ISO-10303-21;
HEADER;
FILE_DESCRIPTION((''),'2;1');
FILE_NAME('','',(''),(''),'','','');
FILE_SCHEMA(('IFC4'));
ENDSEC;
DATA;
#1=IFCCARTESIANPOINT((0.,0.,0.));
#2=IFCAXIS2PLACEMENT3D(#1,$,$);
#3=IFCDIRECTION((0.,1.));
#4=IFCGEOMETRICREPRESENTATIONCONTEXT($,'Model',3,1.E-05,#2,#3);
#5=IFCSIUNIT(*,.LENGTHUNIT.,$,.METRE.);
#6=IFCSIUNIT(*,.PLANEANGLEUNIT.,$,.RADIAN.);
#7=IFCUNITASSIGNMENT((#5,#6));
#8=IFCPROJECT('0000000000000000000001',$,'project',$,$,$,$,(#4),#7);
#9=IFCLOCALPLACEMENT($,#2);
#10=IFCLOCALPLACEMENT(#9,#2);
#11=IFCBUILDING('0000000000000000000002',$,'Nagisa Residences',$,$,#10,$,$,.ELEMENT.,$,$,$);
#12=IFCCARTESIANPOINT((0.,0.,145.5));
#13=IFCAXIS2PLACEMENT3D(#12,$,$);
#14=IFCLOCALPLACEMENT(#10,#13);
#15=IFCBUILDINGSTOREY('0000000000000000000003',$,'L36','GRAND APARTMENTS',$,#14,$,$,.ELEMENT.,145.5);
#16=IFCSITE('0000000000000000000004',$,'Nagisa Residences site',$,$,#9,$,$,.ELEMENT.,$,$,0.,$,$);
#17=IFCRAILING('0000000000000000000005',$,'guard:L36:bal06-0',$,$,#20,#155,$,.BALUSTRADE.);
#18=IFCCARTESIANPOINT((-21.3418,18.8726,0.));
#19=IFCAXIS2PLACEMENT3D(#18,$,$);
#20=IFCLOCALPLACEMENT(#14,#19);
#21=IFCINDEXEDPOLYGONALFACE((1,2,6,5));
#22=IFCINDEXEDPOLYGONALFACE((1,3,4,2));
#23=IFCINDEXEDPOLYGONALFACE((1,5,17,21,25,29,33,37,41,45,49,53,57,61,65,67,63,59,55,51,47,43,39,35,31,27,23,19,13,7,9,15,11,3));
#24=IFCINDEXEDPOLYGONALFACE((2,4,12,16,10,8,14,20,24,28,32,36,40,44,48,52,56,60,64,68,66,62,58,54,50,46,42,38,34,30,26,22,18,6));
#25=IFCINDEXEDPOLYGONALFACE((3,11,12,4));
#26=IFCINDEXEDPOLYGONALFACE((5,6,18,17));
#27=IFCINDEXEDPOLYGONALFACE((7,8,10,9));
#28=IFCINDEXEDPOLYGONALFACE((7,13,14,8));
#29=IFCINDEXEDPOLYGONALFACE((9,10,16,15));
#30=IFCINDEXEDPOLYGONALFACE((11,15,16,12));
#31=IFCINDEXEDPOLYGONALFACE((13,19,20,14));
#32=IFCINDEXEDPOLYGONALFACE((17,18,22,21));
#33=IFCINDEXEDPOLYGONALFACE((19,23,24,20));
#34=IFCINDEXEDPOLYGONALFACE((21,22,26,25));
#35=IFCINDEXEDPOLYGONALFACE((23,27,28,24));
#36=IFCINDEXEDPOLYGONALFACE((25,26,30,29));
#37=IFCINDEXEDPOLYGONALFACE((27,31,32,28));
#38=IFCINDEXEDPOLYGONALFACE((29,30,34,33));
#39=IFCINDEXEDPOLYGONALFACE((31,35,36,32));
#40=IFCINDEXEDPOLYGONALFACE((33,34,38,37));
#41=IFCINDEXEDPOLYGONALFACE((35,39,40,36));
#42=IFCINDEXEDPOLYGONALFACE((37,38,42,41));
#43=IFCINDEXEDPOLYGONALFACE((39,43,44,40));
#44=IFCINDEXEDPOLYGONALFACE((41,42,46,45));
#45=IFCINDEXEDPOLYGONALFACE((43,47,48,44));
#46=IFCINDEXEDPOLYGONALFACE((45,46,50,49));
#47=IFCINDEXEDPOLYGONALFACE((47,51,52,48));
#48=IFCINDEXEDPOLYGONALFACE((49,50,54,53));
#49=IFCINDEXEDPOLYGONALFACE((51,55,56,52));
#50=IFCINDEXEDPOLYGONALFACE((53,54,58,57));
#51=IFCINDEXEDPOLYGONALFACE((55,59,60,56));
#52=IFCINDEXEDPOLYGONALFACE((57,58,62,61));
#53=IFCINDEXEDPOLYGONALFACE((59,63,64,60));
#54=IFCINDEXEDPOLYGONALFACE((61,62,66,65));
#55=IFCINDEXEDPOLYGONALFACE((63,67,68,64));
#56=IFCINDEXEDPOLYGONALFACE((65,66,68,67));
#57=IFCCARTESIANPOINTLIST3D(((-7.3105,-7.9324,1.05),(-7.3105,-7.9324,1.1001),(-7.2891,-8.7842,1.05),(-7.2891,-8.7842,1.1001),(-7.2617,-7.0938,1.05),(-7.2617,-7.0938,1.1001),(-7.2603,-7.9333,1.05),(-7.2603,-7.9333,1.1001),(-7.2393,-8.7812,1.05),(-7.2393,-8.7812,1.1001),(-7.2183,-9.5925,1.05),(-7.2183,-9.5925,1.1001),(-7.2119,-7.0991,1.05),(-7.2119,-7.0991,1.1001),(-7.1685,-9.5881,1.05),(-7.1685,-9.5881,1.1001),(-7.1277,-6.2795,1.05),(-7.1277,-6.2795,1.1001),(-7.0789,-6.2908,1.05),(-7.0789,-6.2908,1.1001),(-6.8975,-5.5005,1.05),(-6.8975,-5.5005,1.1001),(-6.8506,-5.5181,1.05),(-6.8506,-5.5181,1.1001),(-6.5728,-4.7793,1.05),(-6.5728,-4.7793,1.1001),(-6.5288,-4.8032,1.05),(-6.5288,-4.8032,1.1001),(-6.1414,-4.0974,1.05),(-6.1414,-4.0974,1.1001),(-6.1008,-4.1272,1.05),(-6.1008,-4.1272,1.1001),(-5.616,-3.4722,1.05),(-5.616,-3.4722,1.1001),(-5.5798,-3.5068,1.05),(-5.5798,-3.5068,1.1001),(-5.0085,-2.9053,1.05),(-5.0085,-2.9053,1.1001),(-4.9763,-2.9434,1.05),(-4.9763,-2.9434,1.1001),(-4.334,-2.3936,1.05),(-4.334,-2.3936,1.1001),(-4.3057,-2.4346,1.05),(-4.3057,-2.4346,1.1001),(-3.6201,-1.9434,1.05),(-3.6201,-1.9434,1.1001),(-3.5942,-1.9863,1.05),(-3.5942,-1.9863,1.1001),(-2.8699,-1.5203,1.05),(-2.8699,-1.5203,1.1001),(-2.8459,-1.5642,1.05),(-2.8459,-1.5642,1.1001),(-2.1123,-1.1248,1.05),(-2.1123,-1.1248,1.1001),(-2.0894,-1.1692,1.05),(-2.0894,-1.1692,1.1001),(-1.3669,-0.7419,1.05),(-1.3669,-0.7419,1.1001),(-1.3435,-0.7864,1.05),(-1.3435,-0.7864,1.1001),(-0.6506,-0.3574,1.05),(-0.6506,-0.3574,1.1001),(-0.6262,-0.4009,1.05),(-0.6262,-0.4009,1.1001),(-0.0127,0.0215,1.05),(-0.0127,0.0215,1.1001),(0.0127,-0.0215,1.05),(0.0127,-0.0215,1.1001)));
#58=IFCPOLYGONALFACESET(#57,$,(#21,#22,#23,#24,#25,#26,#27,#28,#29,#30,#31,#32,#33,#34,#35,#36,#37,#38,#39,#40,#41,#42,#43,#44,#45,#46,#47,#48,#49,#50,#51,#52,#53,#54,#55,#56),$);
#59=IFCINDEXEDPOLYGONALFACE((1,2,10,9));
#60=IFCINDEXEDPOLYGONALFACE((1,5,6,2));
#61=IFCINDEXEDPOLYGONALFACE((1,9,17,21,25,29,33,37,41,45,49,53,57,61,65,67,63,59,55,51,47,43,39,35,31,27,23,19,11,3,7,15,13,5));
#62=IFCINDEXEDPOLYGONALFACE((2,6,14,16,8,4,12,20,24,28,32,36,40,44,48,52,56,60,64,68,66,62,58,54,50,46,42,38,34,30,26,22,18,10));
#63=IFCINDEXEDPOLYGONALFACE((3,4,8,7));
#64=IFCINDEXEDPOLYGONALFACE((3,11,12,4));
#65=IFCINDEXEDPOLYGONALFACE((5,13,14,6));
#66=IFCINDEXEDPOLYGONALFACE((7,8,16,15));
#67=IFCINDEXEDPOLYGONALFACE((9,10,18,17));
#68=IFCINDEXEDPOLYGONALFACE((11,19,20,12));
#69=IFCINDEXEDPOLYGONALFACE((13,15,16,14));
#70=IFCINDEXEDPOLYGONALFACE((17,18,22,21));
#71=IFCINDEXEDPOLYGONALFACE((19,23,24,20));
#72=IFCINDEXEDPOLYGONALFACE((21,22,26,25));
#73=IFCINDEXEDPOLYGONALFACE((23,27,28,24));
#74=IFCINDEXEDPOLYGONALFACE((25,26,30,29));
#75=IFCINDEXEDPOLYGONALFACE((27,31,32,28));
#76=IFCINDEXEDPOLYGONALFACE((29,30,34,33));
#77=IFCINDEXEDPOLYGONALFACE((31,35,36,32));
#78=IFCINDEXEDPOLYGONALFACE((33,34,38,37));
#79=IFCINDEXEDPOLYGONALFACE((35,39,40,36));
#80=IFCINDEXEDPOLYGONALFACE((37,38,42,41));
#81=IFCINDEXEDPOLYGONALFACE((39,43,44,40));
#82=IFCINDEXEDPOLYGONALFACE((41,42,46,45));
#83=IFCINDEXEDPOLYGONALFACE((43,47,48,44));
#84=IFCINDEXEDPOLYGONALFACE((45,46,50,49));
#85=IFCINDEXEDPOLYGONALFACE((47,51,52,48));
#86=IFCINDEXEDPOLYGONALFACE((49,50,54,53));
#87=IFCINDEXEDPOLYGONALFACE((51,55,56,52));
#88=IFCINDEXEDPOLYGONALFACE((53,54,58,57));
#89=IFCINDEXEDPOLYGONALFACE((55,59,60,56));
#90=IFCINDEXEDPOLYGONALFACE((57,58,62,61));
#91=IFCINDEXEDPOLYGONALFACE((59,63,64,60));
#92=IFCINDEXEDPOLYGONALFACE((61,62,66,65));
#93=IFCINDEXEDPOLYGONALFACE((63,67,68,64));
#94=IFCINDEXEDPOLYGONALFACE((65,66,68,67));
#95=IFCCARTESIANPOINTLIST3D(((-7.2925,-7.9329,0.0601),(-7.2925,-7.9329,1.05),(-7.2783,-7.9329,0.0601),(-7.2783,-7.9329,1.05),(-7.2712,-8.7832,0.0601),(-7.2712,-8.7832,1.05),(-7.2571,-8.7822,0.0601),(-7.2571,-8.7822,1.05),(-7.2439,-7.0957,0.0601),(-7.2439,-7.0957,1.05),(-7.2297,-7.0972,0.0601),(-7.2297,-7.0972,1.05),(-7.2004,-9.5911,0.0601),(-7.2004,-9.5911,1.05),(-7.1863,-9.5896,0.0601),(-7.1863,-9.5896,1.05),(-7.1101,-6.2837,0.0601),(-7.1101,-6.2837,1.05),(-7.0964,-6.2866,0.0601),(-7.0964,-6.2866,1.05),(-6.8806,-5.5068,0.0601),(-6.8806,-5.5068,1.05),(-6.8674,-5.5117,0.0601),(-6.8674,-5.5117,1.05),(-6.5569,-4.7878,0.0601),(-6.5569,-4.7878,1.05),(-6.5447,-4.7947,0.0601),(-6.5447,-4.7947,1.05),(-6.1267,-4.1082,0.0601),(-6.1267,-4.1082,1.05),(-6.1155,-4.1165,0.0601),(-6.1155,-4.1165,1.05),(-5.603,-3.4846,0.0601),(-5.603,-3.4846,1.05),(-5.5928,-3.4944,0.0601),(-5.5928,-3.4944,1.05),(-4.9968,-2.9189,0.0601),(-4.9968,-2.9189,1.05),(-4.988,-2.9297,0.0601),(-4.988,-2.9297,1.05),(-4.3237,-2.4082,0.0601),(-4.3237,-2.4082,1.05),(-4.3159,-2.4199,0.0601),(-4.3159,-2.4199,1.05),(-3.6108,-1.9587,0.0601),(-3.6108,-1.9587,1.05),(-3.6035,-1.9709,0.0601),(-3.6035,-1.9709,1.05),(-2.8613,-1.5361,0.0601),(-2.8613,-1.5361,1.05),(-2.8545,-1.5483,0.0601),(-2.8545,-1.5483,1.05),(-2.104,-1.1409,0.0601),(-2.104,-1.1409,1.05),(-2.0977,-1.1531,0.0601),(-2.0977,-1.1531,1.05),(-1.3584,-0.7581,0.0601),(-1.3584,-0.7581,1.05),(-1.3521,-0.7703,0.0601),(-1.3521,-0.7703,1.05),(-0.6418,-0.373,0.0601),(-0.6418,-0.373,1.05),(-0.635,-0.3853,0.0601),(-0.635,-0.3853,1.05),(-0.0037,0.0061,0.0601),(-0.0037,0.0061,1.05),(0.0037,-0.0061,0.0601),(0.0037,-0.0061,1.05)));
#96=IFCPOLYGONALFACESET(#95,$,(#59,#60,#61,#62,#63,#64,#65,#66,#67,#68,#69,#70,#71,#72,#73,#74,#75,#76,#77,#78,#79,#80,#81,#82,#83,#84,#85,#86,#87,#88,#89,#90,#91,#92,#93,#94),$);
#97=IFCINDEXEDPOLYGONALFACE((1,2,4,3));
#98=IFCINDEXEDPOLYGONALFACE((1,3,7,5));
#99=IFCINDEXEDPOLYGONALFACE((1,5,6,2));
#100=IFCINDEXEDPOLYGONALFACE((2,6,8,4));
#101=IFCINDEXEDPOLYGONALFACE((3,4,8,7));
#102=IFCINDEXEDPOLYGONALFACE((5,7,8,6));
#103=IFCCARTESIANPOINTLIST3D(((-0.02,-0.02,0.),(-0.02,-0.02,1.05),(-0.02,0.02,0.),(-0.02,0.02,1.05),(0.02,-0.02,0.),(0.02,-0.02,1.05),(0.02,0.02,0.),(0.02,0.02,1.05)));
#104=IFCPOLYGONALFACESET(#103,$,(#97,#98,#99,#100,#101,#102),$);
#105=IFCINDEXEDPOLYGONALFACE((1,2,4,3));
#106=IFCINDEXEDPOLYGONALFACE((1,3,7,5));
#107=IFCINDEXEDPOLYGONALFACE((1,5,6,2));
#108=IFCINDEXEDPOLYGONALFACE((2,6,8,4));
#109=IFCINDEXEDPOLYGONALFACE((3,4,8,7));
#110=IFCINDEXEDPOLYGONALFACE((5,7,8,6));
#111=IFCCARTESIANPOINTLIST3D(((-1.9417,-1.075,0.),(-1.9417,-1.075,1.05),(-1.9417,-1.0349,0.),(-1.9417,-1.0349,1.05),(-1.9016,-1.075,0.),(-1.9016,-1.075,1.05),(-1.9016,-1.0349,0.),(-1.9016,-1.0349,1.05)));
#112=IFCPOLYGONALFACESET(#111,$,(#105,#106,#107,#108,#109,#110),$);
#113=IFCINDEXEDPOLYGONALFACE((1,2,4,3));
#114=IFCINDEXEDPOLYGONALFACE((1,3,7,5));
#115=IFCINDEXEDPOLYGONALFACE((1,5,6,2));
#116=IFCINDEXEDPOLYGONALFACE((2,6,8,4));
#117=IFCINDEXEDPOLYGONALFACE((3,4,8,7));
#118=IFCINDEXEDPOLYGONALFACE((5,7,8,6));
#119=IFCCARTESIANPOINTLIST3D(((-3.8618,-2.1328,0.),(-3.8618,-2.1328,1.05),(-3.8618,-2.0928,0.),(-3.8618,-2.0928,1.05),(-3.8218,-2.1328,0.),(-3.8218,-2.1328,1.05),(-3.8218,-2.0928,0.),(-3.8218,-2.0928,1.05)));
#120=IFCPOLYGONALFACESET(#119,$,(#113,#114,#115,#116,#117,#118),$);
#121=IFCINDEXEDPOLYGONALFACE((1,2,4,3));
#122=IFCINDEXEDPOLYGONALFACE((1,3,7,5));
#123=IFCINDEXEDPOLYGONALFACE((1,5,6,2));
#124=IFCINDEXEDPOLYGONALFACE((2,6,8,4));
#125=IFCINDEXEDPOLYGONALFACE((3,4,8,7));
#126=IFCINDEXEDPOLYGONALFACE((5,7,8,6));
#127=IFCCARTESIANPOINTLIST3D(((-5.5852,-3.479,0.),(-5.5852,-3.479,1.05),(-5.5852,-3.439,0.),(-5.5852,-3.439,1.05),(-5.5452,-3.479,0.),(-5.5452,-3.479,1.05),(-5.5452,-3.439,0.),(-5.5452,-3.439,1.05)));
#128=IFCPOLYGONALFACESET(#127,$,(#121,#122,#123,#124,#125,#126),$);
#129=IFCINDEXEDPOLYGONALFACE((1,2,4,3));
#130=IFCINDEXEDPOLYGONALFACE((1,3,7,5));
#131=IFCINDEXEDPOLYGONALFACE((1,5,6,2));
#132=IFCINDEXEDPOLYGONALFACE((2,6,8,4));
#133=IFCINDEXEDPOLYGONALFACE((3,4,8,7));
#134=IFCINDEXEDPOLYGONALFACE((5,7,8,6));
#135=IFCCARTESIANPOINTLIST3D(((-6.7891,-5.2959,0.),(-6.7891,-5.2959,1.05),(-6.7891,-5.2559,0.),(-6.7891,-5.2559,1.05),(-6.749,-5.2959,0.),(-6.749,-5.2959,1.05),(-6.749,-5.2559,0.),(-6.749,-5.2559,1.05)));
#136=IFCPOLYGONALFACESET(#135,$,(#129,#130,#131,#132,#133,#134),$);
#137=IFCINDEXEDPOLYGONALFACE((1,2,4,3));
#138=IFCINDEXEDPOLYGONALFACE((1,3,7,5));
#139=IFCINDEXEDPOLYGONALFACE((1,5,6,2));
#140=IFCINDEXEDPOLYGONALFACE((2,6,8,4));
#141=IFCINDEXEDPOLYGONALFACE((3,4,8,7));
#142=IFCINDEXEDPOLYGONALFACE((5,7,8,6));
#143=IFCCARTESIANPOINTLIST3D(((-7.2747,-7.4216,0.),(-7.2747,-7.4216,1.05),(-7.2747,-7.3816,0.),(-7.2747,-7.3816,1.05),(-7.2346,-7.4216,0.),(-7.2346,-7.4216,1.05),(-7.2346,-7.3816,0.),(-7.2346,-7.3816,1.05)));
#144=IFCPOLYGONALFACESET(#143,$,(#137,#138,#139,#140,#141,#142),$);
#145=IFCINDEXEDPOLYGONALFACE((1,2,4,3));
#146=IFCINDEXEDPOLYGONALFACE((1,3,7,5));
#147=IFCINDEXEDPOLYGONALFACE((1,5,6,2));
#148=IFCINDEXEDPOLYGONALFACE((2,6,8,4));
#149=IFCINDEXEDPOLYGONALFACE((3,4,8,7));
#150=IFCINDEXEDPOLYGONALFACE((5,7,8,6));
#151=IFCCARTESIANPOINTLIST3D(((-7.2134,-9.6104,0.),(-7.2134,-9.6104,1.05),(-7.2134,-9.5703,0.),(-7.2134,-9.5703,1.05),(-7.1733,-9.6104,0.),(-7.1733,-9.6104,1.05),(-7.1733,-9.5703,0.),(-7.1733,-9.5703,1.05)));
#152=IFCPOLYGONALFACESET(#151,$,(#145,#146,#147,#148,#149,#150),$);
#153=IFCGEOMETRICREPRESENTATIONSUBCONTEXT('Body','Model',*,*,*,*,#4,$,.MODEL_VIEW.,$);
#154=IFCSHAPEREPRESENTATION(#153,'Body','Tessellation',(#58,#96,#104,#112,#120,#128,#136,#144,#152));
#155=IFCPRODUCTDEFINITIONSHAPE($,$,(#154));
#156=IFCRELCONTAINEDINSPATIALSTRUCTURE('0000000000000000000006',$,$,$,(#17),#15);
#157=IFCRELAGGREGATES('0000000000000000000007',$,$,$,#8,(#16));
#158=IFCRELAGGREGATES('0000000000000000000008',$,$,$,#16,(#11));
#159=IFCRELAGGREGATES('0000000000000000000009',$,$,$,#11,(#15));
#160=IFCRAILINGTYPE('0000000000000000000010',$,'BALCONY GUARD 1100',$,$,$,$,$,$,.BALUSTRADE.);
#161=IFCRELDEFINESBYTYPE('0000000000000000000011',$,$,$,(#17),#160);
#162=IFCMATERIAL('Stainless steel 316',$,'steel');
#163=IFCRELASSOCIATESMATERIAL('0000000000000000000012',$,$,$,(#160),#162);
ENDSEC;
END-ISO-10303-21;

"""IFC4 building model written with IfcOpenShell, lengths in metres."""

from ifc_helpers import new_model, si_unit, direction, frame, origin, origin_2d, place, context, subcontext, project, spatial, polyline, rectangle, outline, extrude, material, type_object, element, save


model = new_model("IFC4")

# Units and contexts
model_context = context("Model", 3, precision=1e-05, world=origin(), true_north=direction((0.0, 1.0)))
body_context = subcontext(model_context, "Body", "Model", "MODEL_VIEW")
ifc_project = project(units=[si_unit("LENGTHUNIT", "METRE"), si_unit("PLANEANGLEUNIT", "RADIAN")], contexts=[model_context])

# Site, building, storey
site_placement = place(None, origin())
site = spatial("IfcSite", under=ifc_project, at=site_placement, Name="Nagisa Residences site", CompositionType="ELEMENT", RefElevation=0.0)
building_placement = place(site_placement, origin())
building = spatial("IfcBuilding", under=site, at=building_placement, Name="Nagisa Residences", CompositionType="ELEMENT")
storey_placement = place(building_placement, frame((0.0, 0.0, 145.5)))
storey = spatial("IfcBuildingStorey", under=building, at=storey_placement, Name="L36", Description="GRAND APARTMENTS", CompositionType="ELEMENT", Elevation=145.5)

# Railing
ifc_material_1 = material(Name="Stainless steel 316", Category="steel")
railing_type = type_object("IfcRailingType", Name="BALCONY GUARD 1100", PredefinedType="BALUSTRADE", material=ifc_material_1)
railing_1_placement = place(storey_placement, frame((-21.3418, 18.8726, 0.0)))
element("IfcRailing", 1, at=railing_1_placement, inside=storey, type_object=railing_type, Name="guard:L36:bal06-0", PredefinedType="BALUSTRADE", context=body_context, shape_type="SweptSolid", body=[
    extrude(outline(polyline([(-0.6262, -0.4009), (0.0127, -0.0215), (-0.0127, 0.0215), (-0.6506, -0.3574), (-1.3669, -0.7419), (-2.1123, -1.1248), (-2.8699, -1.5203), (-3.6201, -1.9434), (-4.334, -2.3936), (-5.0085, -2.9053), (-5.616, -3.4722), (-6.1414, -4.0974), (-6.5728, -4.7793), (-6.8975, -5.5005), (-7.1277, -6.2795), (-7.2617, -7.0938), (-7.3105, -7.9324), (-7.2891, -8.7842), (-7.2183, -9.5925), (-7.1685, -9.5881), (-7.2393, -8.7812), (-7.2603, -7.9333), (-7.2119, -7.0991), (-7.0789, -6.2908), (-6.8506, -5.5181), (-6.5288, -4.8032), (-6.1008, -4.1272), (-5.5798, -3.5068), (-4.9763, -2.9434), (-4.3057, -2.4346), (-3.5942, -1.9863), (-2.8459, -1.5642), (-2.0894, -1.1692), (-1.3435, -0.7864), (-0.6262, -0.4009)])), frame((0.0, 0.0, 1.05)), (0.0, 0.0, 1.0), 0.05),
    extrude(outline(polyline([(-0.635, -0.3853), (0.0037, -0.0061), (-0.0037, 0.0061), (-0.6418, -0.373), (-1.3584, -0.7581), (-2.104, -1.1409), (-2.8613, -1.5361), (-3.6108, -1.9587), (-4.3237, -2.4082), (-4.9968, -2.9189), (-5.603, -3.4846), (-6.1267, -4.1082), (-6.5569, -4.7878), (-6.8806, -5.5068), (-7.1101, -6.2837), (-7.2439, -7.0957), (-7.2925, -7.9329), (-7.2712, -8.7832), (-7.2004, -9.5911), (-7.1863, -9.5896), (-7.2571, -8.7822), (-7.2783, -7.9329), (-7.2297, -7.0972), (-7.0964, -6.2866), (-6.8674, -5.5117), (-6.5447, -4.7947), (-6.1155, -4.1165), (-5.5928, -3.4944), (-4.988, -2.9297), (-4.3159, -2.4199), (-3.6035, -1.9709), (-2.8545, -1.5483), (-2.0977, -1.1531), (-1.3521, -0.7703), (-0.635, -0.3853)])), frame((0.0, 0.0, 0.0601)), (0.0, 0.0, 1.0), 0.99),
    extrude(rectangle(XDim=0.04, YDim=0.04, at=origin_2d()), origin(), (0.0, 0.0, 1.0), 1.05),
    extrude(rectangle(XDim=0.04, YDim=0.04, at=origin_2d()), frame((-1.9216, -1.0549, 0.0)), (0.0, 0.0, 1.0), 1.05),
    extrude(rectangle(XDim=0.04, YDim=0.04, at=origin_2d()), frame((-3.8418, -2.1128, 0.0)), (0.0, 0.0, 1.0), 1.05),
    extrude(rectangle(XDim=0.04, YDim=0.04, at=origin_2d()), frame((-5.5652, -3.459, 0.0)), (0.0, 0.0, 1.0), 1.05),
    extrude(rectangle(XDim=0.04, YDim=0.04, at=origin_2d()), frame((-6.769, -5.2759, 0.0)), (0.0, 0.0, 1.0), 1.05),
    extrude(rectangle(XDim=0.04, YDim=0.04, at=origin_2d()), frame((-7.2546, -7.4016, 0.0)), (0.0, 0.0, 1.0), 1.05),
    extrude(rectangle(XDim=0.04, YDim=0.04, at=origin_2d()), frame((-7.1934, -9.5903, 0.0)), (0.0, 0.0, 1.0), 1.05),
])

save(model, "model.ifc")
